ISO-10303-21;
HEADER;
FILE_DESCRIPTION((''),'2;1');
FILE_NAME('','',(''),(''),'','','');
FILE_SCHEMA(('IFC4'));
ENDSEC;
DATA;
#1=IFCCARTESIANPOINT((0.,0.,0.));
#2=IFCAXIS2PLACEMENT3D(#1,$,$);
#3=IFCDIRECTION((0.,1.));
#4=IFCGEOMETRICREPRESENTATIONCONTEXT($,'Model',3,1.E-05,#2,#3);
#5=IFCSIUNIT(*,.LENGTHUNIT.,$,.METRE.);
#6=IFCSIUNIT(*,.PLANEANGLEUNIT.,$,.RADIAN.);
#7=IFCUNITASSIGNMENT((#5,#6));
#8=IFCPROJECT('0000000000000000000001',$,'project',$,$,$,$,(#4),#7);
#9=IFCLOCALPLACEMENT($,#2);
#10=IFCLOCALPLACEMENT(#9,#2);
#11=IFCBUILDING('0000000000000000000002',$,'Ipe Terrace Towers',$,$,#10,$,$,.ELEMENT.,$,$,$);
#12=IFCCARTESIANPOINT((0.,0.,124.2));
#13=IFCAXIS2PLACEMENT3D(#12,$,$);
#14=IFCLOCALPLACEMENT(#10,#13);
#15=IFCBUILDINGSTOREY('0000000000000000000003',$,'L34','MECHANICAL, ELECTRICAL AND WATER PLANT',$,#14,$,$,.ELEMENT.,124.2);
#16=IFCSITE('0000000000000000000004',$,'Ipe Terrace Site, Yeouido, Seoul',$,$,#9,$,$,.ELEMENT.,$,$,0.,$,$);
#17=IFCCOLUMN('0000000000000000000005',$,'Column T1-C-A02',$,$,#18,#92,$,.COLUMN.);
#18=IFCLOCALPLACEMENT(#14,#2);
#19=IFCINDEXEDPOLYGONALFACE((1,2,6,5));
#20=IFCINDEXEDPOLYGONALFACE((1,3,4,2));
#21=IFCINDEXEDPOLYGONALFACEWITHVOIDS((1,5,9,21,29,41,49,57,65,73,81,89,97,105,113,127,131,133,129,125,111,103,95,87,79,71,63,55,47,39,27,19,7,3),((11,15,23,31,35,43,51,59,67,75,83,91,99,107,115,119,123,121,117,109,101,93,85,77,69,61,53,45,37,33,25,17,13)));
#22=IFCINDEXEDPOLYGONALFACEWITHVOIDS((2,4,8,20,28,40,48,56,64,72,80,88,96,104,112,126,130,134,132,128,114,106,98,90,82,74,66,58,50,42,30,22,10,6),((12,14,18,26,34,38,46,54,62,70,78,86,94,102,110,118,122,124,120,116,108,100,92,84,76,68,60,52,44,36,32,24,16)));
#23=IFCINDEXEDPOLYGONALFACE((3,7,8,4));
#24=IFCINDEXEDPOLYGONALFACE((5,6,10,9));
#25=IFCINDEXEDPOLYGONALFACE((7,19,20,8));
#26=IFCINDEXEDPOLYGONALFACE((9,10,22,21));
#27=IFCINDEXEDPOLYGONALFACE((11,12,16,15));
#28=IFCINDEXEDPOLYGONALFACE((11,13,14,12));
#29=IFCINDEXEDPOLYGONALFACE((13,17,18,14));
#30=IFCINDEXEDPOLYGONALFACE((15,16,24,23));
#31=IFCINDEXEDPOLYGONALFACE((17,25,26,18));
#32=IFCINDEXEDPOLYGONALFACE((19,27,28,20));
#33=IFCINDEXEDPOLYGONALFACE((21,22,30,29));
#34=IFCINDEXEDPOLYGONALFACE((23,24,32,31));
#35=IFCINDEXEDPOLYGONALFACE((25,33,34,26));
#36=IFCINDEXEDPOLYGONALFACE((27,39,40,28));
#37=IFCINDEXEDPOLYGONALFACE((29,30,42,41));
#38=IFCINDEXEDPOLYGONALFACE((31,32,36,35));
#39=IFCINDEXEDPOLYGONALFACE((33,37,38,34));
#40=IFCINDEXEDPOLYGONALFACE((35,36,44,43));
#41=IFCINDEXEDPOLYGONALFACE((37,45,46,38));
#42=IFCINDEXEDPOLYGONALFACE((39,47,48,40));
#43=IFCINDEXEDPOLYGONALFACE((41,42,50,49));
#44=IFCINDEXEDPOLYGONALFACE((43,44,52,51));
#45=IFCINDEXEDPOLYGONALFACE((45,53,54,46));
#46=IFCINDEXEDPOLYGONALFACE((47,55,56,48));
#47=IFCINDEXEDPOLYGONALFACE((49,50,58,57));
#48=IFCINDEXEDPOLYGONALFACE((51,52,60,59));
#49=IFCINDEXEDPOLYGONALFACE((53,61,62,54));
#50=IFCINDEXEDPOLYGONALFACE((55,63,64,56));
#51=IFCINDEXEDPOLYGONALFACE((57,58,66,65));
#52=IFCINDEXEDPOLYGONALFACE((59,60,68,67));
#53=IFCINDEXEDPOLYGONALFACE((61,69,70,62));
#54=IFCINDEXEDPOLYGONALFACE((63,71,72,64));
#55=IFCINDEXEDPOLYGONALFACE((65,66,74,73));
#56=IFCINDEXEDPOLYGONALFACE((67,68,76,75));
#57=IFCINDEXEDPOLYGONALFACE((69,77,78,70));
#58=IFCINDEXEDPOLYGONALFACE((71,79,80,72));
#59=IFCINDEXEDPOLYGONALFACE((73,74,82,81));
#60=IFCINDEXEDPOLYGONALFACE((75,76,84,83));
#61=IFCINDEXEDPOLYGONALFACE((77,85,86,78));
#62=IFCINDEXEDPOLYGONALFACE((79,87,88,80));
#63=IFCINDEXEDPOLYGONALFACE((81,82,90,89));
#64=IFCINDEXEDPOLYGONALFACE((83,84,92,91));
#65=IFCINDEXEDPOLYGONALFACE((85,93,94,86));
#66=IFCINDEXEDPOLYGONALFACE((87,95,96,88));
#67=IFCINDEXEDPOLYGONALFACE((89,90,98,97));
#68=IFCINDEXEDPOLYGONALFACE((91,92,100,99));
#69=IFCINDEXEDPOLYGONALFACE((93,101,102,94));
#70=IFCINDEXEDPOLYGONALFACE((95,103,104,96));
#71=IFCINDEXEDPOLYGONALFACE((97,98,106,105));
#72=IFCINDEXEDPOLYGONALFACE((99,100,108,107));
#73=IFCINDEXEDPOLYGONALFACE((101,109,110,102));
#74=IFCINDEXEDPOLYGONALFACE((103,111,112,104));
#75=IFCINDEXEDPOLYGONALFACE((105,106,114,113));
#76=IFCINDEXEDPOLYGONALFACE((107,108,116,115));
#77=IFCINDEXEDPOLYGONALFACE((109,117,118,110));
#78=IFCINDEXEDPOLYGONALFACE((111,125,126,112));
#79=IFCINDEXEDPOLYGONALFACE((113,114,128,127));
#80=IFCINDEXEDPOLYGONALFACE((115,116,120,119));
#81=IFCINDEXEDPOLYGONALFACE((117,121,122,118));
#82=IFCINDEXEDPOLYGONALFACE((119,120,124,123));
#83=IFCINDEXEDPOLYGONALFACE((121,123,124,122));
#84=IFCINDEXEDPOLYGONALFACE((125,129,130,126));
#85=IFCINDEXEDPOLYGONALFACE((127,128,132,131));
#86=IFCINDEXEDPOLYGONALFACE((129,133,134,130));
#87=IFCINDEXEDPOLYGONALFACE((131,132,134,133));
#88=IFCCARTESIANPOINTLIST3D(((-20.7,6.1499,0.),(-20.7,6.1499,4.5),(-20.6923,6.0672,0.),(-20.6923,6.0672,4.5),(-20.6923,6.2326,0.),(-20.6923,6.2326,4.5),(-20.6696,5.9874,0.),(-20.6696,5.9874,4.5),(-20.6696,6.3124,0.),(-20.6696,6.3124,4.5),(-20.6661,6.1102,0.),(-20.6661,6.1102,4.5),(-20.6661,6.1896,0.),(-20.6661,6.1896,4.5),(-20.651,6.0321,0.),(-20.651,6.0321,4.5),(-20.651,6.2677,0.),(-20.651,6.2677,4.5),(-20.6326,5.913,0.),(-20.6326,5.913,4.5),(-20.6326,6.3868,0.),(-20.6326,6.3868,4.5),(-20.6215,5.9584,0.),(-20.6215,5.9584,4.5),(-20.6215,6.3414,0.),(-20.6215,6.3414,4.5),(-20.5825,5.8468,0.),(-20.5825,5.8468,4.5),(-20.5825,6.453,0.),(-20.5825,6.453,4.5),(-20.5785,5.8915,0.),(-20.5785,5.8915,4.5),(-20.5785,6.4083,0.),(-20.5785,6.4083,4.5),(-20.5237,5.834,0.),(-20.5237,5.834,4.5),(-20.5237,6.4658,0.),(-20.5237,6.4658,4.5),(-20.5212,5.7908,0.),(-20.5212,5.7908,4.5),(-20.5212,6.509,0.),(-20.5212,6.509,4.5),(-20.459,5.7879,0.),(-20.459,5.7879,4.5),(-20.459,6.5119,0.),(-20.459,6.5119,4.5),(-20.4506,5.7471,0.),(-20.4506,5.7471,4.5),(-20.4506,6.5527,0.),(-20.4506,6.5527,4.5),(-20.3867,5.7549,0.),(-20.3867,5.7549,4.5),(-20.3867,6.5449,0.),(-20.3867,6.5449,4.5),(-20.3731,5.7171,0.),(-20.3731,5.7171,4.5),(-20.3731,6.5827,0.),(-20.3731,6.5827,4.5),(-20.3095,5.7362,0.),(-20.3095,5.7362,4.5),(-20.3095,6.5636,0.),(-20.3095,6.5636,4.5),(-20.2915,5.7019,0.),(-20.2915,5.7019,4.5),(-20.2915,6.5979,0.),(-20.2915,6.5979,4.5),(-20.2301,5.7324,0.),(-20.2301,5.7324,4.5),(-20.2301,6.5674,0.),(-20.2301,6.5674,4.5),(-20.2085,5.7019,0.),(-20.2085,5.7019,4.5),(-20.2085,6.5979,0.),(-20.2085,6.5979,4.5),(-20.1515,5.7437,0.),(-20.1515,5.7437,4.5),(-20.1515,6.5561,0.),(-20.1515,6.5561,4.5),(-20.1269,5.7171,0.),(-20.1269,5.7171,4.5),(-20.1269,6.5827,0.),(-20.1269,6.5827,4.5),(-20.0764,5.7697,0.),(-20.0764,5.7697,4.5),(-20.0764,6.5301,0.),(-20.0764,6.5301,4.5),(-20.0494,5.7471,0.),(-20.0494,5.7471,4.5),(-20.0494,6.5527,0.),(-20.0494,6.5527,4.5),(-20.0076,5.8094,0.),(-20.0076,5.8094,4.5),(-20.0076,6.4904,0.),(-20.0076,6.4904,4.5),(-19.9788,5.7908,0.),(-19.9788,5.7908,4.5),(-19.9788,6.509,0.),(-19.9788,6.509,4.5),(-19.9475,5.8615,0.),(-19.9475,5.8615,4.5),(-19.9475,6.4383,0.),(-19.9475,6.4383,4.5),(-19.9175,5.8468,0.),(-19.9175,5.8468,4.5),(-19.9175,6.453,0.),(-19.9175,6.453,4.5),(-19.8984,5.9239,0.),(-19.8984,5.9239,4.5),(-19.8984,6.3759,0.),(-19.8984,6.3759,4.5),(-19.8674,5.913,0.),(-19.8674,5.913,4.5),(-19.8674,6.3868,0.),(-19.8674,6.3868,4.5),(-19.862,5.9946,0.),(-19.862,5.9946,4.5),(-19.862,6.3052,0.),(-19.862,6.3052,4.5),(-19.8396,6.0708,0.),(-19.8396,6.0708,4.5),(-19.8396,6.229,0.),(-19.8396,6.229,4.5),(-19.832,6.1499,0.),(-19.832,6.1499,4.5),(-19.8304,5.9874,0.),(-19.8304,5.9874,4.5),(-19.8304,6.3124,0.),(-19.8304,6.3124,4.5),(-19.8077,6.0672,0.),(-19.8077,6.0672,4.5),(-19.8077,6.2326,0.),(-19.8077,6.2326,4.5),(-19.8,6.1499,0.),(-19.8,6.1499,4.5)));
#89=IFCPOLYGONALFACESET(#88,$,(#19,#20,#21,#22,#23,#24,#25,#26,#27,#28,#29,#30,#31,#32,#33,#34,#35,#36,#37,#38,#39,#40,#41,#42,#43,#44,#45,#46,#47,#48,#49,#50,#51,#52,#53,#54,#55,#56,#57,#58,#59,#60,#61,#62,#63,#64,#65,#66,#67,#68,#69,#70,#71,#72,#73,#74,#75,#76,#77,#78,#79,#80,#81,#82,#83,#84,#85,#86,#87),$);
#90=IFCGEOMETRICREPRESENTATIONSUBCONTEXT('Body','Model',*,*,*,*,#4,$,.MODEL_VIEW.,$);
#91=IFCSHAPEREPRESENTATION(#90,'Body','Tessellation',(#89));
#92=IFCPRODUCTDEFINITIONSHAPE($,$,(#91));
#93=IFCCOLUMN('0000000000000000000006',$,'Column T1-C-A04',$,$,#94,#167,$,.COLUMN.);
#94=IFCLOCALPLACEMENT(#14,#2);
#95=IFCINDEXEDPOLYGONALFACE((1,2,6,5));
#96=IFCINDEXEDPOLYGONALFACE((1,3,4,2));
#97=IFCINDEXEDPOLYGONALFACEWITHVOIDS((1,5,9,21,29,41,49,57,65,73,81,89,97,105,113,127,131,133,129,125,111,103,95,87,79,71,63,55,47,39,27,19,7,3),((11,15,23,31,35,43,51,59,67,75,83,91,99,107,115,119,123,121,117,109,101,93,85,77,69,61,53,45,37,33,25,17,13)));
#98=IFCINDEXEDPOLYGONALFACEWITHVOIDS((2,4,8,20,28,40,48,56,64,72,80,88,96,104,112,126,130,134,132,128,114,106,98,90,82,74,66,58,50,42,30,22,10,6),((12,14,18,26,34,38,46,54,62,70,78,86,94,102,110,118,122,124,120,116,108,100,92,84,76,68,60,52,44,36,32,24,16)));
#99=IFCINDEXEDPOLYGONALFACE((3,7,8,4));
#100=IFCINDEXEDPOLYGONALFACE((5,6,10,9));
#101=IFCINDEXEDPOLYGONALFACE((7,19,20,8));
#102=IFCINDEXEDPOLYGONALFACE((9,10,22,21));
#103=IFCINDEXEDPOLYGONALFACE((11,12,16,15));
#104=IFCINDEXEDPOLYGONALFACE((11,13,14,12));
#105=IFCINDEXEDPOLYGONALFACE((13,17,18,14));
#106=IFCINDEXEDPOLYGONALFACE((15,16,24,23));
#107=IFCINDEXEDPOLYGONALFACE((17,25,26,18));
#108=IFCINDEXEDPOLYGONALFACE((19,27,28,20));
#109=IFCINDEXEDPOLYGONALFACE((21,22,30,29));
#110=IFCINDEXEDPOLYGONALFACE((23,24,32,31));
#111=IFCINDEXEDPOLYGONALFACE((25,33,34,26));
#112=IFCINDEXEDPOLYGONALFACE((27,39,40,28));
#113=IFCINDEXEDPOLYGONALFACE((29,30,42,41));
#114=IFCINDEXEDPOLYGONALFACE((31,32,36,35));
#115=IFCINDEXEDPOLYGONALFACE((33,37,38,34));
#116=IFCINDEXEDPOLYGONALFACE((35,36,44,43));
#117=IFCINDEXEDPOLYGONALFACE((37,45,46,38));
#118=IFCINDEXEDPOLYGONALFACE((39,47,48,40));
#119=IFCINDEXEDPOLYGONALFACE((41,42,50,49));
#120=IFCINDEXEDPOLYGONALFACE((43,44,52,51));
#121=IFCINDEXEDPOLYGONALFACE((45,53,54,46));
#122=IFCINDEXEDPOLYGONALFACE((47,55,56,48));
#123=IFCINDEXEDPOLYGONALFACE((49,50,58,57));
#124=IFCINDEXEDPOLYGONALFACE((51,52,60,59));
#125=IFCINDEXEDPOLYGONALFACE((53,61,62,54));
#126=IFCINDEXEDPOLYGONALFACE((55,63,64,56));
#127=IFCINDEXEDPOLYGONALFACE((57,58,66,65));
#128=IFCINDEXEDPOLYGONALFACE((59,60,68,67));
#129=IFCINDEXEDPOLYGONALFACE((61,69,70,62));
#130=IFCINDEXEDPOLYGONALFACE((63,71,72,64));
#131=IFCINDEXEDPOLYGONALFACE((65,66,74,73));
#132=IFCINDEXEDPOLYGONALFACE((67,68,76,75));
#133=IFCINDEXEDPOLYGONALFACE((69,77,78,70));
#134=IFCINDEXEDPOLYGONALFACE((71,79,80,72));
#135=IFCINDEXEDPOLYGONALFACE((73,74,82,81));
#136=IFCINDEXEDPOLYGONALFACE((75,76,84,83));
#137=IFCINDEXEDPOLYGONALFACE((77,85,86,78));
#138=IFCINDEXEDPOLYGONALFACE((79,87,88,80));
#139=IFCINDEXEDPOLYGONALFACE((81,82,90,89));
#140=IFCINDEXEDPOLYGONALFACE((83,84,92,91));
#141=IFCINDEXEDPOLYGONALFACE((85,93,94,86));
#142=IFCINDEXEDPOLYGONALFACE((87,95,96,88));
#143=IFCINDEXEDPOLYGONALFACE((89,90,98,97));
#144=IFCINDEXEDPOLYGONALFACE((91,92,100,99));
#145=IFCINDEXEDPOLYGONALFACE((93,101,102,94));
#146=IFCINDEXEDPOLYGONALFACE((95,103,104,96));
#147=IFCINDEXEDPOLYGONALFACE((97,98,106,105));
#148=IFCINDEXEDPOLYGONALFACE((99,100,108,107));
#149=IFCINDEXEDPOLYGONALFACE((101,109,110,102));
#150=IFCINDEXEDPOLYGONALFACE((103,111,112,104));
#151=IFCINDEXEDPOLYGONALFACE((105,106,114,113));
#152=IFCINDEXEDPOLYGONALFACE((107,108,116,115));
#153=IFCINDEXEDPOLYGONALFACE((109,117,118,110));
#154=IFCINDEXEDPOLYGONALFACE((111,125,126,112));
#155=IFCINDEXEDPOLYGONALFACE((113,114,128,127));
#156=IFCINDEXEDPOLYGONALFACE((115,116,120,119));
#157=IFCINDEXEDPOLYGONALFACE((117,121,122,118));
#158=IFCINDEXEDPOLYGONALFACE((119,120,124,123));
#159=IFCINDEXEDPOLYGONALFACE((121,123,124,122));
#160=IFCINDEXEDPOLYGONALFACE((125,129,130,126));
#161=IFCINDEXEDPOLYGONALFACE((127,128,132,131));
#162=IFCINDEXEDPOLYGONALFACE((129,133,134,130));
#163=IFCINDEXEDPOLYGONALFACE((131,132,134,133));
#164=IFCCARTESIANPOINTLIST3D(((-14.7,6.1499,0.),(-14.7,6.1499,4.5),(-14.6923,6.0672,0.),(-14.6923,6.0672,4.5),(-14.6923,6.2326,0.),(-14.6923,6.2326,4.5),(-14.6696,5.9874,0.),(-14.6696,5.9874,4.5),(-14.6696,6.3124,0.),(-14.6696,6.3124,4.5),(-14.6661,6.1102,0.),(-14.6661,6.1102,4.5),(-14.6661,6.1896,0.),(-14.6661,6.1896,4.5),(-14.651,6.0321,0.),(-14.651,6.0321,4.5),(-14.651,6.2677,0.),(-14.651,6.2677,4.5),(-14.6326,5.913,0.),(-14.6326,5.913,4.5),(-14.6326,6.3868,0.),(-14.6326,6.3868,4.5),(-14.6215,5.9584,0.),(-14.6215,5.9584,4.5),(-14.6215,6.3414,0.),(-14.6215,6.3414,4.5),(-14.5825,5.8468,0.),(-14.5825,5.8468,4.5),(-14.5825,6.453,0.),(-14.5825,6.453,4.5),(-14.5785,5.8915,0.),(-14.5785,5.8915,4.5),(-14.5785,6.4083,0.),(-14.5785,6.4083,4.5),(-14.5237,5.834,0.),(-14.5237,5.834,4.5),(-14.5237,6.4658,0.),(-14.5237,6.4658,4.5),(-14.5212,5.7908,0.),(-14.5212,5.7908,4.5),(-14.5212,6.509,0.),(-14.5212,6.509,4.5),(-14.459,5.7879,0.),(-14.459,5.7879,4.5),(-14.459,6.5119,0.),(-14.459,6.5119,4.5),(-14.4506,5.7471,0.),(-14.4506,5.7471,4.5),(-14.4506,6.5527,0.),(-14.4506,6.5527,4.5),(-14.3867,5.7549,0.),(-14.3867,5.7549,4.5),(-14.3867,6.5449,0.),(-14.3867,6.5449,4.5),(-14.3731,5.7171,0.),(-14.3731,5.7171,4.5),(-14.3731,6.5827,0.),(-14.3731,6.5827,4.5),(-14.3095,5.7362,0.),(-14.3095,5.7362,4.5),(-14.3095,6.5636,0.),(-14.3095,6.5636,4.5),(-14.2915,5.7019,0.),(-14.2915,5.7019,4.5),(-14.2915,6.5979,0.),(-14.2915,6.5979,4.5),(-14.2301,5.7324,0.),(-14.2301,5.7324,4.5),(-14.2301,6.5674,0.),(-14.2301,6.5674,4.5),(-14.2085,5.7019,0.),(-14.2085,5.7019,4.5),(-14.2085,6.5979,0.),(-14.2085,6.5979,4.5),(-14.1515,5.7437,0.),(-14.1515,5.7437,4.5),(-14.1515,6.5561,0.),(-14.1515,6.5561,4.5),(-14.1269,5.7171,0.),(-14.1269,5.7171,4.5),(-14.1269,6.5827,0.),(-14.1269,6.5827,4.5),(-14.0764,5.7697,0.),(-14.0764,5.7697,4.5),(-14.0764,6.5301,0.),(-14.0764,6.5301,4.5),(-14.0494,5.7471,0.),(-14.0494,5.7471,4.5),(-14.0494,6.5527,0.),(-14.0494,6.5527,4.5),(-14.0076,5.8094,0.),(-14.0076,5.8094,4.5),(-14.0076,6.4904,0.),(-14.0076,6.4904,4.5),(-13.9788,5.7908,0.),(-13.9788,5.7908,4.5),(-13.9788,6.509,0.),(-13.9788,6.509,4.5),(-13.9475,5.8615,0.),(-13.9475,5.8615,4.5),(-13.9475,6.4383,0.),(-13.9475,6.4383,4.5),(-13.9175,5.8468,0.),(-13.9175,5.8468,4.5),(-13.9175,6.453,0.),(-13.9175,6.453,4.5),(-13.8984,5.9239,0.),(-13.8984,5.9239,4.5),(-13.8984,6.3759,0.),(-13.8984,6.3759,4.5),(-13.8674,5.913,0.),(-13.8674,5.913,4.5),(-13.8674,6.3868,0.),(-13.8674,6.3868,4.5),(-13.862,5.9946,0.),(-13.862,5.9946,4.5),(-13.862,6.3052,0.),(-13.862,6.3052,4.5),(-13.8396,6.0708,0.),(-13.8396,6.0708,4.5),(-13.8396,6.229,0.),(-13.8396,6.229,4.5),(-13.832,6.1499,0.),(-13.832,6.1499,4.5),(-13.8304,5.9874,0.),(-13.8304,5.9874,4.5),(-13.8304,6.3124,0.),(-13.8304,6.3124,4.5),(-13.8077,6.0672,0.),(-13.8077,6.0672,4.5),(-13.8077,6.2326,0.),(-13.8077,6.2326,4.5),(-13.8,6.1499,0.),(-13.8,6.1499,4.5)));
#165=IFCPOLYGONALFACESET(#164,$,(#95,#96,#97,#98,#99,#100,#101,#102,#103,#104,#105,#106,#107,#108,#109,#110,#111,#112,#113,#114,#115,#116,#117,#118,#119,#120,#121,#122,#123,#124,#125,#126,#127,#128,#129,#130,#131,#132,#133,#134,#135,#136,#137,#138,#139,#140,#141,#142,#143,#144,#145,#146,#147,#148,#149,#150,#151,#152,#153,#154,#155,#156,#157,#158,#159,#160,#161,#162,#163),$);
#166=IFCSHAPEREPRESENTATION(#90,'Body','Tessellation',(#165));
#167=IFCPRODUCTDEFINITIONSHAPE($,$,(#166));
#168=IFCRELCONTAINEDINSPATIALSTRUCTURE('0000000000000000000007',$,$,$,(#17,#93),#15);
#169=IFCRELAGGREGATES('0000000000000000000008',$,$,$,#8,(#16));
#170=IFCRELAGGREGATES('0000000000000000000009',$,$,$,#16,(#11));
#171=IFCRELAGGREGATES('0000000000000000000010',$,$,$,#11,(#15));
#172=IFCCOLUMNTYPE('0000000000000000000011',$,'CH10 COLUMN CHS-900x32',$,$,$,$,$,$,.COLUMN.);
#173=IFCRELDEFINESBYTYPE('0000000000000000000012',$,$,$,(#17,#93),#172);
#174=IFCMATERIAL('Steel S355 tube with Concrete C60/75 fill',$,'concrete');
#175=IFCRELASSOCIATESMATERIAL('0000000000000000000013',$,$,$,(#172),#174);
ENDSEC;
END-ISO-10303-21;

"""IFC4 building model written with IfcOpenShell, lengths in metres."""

from ifc_helpers import new_model, si_unit, direction, frame, origin, origin_2d, place, context, subcontext, project, spatial, hollow_circle, extrude, material, material_profile, profile_set, type_object, element, save


model = new_model("IFC4")

# Units and contexts
model_context = context("Model", 3, precision=1e-05, world=origin(), true_north=direction((0.0, 1.0)))
body_context = subcontext(model_context, "Body", "Model", "MODEL_VIEW")
ifc_project = project(units=[si_unit("LENGTHUNIT", "METRE"), si_unit("PLANEANGLEUNIT", "RADIAN")], contexts=[model_context])

# Site, building, storey
site_placement = place(None, origin())
site = spatial("IfcSite", under=ifc_project, at=site_placement, Name="Ipe Terrace Site, Yeouido, Seoul", CompositionType="ELEMENT", RefElevation=0.0)
building_placement = place(site_placement, origin())
building = spatial("IfcBuilding", under=site, at=building_placement, Name="Ipe Terrace Towers", CompositionType="ELEMENT")
storey_placement = place(building_placement, frame((0.0, 0.0, 124.2)))
storey = spatial("IfcBuildingStorey", under=building, at=storey_placement, Name="L34", Description="MECHANICAL, ELECTRICAL AND WATER PLANT", CompositionType="ELEMENT", Elevation=124.2)

# Columns
ifc_material_1 = material(Name="Steel S355 tube with Concrete C60/75 fill", Category="concrete")
ifc_material_profile_1 = material_profile(ifc_material_1, hollow_circle(Radius=0.45, WallThickness=0.032, at=origin_2d()), Name="CHS-900x32")
ifc_profile_set_1 = profile_set([ifc_material_profile_1], Name="Steel S355 tube with Concrete C60/75 fill")
column_type = type_object("IfcColumnType", Name="CH10 COLUMN CHS-900x32", PredefinedType="COLUMN", material=ifc_profile_set_1)
for number, where, z_axis, x_axis, name in (
    (1, (-20.25, 6.1499, 0.0), (0.0, 0.0, 1.0), (1.0, 0.0, 0.0), "Column T1-C-A02"),
    (2, (-14.25, 6.1499, 0.0), (0.0, 0.0, 1.0), (1.0, 0.0, 0.0), "Column T1-C-A04"),
):
    element("IfcColumn", number, at=place(storey_placement, frame(where, z_axis=z_axis, x_axis=x_axis)), inside=storey, type_object=column_type, Name=name, PredefinedType="COLUMN", context=body_context, shape_type="SweptSolid", body=[
        extrude(hollow_circle(Radius=0.45, WallThickness=0.032, at=origin_2d()), origin(), (0.0, 0.0, 1.0), 4.5),
    ])

save(model, "model.ifc")
